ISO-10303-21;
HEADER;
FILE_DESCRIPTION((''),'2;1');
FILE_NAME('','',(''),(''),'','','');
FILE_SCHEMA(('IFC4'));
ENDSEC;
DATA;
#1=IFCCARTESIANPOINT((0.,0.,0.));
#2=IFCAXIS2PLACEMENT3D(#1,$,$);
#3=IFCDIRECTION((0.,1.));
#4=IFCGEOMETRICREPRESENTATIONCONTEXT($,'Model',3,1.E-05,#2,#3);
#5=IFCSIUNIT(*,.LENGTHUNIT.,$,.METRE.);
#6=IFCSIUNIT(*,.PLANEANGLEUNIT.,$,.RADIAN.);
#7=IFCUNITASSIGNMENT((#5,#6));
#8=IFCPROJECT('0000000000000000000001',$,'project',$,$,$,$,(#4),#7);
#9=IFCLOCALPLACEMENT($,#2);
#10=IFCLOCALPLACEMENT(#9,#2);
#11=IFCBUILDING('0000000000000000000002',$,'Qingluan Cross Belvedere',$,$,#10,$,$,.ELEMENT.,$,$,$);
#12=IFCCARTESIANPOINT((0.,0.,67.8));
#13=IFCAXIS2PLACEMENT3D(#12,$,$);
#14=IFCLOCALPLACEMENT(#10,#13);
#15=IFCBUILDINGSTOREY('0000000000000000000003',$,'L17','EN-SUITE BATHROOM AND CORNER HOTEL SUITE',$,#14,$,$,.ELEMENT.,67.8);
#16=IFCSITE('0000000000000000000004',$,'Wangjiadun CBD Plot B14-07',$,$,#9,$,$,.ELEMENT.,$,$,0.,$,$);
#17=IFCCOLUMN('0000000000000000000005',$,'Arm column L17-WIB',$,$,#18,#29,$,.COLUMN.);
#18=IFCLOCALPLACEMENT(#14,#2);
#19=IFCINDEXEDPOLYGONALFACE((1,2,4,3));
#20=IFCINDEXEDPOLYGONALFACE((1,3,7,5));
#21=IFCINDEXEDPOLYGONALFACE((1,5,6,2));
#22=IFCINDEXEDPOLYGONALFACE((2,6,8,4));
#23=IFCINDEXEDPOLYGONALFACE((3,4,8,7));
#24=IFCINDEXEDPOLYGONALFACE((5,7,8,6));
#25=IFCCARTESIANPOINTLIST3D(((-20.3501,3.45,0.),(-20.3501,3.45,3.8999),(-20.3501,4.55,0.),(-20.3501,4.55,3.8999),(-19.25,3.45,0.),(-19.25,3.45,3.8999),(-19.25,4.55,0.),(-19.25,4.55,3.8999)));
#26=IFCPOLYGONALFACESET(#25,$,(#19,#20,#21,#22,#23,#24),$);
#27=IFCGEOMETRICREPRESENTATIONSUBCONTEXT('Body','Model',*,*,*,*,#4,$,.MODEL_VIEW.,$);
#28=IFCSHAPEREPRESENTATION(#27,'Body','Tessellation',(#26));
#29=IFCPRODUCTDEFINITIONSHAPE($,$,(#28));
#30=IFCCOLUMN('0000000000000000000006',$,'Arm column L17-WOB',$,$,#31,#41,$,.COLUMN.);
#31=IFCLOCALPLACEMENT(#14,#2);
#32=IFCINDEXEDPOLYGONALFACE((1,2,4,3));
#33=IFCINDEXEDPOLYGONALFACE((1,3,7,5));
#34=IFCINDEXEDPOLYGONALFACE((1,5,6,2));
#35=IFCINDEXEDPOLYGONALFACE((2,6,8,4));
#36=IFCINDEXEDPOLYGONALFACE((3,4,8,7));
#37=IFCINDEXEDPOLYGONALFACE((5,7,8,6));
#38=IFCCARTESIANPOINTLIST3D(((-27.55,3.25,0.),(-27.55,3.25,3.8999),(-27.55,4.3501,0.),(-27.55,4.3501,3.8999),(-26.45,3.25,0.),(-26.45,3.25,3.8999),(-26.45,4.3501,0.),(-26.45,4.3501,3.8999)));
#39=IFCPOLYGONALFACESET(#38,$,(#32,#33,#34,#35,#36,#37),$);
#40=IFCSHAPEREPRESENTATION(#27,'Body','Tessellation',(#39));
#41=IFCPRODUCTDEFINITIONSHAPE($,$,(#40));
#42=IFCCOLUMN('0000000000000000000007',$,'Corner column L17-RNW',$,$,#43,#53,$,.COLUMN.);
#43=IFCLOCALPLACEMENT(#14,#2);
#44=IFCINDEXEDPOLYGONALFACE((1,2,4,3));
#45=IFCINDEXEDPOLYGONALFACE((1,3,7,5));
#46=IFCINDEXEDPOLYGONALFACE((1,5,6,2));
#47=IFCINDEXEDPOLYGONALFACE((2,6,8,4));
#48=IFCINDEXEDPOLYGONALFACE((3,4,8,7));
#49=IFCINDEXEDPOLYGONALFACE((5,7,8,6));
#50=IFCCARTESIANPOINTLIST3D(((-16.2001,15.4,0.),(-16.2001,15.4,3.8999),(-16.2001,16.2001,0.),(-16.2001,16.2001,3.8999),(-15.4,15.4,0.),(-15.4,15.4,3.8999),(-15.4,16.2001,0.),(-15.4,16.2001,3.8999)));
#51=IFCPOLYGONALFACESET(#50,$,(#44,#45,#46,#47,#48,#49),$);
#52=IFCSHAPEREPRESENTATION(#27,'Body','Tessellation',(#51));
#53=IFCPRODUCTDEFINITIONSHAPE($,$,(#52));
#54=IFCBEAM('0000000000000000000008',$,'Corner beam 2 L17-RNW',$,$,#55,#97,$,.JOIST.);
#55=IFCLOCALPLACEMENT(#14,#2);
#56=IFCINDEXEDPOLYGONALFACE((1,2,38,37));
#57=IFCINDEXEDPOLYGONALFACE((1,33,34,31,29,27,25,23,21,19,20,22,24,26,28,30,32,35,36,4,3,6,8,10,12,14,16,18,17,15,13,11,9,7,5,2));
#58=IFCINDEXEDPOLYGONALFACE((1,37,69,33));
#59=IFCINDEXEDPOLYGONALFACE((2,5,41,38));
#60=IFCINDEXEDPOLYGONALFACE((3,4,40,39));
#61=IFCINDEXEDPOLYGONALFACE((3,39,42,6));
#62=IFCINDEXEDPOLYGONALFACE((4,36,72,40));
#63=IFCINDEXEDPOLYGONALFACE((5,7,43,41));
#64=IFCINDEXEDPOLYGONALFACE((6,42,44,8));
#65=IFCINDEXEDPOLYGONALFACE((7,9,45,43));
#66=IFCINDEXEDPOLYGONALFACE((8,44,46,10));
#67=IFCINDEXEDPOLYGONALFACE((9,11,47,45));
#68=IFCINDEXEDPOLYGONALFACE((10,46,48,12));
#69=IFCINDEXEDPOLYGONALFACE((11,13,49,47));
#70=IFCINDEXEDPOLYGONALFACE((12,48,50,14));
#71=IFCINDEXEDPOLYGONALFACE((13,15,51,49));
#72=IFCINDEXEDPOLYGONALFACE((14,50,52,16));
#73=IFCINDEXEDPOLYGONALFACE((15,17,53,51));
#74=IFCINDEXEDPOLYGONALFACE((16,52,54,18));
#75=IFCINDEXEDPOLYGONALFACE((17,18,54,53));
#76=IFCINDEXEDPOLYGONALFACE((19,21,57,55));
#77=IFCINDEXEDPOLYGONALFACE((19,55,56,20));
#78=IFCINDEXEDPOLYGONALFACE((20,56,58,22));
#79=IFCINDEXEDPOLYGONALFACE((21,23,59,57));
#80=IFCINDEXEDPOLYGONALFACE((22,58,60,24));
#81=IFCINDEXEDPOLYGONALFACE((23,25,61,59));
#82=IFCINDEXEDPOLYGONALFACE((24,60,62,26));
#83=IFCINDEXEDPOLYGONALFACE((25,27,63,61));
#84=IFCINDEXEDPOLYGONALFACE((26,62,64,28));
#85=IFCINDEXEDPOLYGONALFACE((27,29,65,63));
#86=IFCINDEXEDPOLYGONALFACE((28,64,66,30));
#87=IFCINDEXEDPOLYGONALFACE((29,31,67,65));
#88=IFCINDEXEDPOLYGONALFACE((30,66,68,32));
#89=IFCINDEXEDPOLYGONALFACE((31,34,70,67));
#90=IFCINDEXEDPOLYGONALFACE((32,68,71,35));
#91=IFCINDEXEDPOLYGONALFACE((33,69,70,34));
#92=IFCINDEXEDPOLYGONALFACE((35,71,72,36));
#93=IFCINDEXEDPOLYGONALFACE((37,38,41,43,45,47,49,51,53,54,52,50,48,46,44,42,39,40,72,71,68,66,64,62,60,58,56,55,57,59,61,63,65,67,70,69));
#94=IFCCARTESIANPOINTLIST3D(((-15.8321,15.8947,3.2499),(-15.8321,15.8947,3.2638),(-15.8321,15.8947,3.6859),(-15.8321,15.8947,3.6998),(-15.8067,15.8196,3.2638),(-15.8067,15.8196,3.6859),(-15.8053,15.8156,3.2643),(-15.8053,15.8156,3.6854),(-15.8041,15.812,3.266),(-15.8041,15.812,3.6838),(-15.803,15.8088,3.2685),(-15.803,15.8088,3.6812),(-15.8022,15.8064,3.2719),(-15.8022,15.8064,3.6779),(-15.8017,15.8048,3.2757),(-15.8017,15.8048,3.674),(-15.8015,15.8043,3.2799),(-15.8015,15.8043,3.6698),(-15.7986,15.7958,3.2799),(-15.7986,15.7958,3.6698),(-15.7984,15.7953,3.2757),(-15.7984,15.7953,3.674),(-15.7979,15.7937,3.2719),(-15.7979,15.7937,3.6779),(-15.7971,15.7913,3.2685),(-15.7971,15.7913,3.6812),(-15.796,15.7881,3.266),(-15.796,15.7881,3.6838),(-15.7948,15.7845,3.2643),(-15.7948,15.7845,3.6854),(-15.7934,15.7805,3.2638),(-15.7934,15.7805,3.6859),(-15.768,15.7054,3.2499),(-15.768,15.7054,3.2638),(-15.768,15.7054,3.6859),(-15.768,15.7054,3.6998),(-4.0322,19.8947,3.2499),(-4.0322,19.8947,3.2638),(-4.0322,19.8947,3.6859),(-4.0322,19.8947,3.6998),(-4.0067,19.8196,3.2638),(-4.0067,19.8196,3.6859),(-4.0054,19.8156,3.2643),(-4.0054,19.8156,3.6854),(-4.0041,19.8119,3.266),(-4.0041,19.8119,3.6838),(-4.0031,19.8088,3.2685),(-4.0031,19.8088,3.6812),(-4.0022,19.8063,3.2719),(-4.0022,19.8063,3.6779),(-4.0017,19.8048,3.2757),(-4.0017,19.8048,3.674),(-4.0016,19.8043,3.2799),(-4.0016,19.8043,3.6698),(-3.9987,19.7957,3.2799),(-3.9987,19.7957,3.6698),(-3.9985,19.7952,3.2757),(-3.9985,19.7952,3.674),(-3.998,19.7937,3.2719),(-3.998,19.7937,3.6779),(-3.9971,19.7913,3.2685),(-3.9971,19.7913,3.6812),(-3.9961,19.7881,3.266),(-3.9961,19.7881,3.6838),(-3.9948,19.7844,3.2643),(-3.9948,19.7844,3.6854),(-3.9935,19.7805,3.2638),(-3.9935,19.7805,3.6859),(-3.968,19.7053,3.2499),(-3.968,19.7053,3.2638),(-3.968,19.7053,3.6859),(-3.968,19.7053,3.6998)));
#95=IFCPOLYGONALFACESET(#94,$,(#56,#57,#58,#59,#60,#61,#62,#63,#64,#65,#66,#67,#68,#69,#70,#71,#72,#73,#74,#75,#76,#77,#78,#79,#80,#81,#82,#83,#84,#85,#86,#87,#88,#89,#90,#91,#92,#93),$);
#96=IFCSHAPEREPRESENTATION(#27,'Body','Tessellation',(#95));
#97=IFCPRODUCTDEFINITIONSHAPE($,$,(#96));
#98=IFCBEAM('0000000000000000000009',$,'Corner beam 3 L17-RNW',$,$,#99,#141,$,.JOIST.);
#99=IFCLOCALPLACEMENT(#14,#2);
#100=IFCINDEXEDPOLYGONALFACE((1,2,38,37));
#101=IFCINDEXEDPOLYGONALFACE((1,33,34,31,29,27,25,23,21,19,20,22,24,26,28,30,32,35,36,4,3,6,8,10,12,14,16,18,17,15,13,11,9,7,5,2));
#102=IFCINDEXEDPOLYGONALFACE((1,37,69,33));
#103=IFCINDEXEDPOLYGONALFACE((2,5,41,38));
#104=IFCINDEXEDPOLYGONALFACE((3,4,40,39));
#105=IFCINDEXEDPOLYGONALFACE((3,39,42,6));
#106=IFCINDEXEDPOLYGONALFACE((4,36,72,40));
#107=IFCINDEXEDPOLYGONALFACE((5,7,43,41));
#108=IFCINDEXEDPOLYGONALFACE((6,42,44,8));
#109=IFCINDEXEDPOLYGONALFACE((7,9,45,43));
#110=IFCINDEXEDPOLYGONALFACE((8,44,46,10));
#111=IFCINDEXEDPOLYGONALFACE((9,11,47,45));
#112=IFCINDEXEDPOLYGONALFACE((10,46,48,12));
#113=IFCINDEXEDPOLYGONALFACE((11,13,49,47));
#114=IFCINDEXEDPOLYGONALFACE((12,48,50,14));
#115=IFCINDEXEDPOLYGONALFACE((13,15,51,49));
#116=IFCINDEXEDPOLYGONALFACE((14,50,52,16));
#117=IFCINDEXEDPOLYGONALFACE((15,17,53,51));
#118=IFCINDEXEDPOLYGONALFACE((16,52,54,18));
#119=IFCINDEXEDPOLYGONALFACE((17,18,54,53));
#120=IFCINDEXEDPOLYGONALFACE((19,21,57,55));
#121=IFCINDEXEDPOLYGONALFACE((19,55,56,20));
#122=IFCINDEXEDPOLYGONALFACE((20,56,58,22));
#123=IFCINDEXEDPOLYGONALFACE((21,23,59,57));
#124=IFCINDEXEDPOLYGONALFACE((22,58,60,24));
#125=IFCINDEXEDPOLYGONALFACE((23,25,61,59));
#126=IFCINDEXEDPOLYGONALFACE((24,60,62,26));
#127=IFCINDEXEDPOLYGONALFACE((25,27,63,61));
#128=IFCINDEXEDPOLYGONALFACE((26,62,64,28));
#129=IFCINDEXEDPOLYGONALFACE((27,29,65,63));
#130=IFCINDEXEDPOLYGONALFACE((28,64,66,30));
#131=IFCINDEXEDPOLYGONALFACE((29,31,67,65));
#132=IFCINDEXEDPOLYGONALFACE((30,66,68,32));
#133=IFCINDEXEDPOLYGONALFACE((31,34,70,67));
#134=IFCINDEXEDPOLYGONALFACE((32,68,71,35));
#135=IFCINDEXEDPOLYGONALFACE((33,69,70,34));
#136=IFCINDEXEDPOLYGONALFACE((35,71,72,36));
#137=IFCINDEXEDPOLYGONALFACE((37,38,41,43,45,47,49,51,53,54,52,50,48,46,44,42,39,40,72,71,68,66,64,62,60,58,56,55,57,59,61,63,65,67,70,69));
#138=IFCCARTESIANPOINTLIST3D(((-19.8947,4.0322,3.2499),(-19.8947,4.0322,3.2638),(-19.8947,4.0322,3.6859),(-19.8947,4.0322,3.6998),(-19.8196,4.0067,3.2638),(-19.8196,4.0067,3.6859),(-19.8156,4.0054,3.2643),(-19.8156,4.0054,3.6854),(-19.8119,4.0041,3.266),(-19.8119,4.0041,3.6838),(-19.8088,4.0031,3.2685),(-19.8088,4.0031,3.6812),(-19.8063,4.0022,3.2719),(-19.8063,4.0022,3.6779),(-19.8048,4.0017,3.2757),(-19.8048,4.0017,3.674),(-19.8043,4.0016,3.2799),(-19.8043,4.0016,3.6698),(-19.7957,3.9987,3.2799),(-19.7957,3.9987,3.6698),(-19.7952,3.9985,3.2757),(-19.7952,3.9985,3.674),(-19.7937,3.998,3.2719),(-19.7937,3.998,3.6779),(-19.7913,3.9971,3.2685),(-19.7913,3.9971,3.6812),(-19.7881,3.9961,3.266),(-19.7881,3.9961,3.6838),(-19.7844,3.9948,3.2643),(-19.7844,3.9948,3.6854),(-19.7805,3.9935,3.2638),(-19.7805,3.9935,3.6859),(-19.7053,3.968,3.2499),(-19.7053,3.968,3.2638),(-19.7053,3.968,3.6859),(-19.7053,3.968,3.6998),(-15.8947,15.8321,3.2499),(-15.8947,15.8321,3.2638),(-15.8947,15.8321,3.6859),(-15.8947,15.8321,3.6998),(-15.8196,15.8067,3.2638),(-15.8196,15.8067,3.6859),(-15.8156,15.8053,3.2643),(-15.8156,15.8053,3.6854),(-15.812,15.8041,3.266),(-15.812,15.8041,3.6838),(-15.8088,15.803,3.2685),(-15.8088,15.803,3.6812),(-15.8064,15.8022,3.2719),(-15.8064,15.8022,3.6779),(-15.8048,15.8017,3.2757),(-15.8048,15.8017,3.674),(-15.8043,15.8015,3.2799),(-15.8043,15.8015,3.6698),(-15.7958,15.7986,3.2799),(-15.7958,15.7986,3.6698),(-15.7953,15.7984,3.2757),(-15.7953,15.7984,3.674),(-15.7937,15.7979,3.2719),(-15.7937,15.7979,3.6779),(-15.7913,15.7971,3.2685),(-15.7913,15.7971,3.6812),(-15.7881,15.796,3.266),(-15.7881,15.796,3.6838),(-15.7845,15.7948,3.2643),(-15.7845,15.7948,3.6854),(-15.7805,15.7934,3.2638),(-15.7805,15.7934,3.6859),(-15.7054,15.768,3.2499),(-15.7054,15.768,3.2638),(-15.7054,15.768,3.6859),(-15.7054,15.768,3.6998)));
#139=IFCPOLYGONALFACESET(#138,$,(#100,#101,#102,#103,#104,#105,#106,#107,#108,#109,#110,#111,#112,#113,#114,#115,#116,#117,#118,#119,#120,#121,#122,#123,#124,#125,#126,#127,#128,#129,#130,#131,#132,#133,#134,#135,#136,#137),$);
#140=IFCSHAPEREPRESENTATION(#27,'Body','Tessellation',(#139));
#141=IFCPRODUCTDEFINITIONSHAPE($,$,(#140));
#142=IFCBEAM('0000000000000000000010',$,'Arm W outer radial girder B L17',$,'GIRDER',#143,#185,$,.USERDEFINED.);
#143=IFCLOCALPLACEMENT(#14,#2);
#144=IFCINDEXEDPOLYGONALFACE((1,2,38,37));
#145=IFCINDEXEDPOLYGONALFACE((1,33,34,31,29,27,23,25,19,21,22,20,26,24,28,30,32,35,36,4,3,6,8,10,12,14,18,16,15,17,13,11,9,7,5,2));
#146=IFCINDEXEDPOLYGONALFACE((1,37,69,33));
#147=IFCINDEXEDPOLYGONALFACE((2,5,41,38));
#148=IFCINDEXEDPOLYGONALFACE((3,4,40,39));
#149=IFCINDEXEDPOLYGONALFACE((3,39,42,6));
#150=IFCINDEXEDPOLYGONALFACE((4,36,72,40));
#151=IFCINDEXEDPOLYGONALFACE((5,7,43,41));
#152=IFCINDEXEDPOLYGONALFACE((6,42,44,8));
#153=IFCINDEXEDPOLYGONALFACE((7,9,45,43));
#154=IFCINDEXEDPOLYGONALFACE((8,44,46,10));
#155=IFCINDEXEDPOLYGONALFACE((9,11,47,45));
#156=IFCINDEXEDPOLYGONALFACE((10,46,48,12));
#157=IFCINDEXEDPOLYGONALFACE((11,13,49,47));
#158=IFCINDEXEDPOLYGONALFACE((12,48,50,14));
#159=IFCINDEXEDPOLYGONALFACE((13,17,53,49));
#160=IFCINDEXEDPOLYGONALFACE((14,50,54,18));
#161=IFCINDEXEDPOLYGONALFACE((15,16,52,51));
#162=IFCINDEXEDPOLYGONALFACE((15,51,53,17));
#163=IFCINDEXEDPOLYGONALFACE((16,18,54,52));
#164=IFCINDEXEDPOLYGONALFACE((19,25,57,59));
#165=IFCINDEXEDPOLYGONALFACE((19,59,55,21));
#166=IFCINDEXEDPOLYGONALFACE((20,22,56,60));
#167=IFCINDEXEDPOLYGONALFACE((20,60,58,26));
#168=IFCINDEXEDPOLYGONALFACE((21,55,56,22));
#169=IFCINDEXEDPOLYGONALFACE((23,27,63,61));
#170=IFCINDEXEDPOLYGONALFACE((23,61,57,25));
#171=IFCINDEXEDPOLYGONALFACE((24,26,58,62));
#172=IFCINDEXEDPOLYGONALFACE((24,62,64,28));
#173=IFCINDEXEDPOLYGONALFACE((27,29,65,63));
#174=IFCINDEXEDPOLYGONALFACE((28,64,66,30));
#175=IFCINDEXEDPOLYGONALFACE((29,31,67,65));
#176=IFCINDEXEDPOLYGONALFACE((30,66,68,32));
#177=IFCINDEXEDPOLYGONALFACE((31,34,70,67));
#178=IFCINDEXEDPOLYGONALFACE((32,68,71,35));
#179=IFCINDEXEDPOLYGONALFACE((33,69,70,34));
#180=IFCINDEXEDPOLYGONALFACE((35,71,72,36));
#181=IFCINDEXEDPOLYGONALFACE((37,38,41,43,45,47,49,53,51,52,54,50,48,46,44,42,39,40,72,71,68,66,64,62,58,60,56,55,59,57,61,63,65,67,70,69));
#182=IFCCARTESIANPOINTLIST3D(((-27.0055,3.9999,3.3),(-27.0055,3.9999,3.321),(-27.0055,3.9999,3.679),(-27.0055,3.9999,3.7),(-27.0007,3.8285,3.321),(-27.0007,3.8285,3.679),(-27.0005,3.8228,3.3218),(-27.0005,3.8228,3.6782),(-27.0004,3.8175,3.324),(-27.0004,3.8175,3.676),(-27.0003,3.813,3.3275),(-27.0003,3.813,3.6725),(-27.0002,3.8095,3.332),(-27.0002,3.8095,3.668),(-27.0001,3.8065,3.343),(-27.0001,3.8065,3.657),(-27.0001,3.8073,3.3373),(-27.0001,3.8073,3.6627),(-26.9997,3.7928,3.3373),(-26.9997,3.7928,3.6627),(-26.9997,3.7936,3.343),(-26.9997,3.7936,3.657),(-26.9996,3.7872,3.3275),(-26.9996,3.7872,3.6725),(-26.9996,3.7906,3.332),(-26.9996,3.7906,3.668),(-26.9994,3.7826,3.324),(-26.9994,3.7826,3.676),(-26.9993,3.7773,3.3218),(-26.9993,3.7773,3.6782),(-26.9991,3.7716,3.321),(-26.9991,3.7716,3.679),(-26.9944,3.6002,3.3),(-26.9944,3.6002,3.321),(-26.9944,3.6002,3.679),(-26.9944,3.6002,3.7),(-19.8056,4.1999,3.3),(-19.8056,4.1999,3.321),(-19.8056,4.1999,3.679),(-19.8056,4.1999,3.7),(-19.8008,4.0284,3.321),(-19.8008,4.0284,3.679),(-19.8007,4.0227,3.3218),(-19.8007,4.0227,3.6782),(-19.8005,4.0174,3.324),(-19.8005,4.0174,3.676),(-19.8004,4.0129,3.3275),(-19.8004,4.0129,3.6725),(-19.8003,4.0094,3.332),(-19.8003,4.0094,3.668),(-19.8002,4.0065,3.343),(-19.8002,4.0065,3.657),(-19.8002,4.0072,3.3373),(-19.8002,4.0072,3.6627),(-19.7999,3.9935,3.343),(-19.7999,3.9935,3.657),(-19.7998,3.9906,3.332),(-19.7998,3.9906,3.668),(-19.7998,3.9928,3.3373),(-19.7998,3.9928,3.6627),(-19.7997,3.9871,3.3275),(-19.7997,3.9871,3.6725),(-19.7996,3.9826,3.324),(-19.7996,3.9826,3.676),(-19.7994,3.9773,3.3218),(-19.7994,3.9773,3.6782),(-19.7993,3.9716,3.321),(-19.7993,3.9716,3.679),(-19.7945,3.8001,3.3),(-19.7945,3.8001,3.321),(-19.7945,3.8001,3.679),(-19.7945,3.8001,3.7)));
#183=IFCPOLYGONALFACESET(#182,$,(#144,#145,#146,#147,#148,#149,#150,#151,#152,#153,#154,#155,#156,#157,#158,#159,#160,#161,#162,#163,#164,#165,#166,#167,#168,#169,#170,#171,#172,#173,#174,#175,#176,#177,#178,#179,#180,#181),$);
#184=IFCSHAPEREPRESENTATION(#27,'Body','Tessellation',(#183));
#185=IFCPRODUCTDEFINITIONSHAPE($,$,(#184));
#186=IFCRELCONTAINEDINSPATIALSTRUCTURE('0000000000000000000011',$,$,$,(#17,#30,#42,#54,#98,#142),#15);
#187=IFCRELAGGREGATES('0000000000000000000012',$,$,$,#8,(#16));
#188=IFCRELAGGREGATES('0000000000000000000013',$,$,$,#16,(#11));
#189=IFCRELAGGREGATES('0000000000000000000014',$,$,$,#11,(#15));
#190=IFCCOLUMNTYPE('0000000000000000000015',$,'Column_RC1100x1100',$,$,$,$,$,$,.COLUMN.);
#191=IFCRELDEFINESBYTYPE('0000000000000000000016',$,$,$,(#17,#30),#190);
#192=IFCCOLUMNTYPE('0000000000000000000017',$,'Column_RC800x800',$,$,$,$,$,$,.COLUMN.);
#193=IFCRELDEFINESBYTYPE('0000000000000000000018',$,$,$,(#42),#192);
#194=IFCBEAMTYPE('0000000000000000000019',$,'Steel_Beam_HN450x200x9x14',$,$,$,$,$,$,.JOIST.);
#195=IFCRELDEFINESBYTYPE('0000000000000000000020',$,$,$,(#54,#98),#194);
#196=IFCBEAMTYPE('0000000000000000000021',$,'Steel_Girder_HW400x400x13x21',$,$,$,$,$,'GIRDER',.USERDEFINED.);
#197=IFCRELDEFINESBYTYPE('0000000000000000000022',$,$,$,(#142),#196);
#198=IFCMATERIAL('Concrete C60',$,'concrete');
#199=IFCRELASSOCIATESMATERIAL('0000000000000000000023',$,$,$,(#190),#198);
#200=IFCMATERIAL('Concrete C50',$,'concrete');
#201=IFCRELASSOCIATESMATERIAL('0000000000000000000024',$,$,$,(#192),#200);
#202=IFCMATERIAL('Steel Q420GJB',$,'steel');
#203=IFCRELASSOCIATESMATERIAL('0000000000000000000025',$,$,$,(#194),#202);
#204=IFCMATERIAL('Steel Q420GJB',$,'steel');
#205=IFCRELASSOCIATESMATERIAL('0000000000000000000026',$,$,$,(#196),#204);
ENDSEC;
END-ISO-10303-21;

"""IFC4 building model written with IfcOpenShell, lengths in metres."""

from ifc_helpers import new_model, si_unit, direction, frame, origin, origin_2d, place, context, subcontext, project, spatial, rectangle, i_section, extrude, material, material_profile, profile_set, type_object, element, save


model = new_model("IFC4")

# Units and contexts
model_context = context("Model", 3, precision=1e-05, world=origin(), true_north=direction((0.0, 1.0)))
body_context = subcontext(model_context, "Body", "Model", "MODEL_VIEW")
ifc_project = project(units=[si_unit("LENGTHUNIT", "METRE"), si_unit("PLANEANGLEUNIT", "RADIAN")], contexts=[model_context])

# Site, building, storey
site_placement = place(None, origin())
site = spatial("IfcSite", under=ifc_project, at=site_placement, Name="Wangjiadun CBD Plot B14-07", CompositionType="ELEMENT", RefElevation=0.0)
building_placement = place(site_placement, origin())
building = spatial("IfcBuilding", under=site, at=building_placement, Name="Qingluan Cross Belvedere", CompositionType="ELEMENT")
storey_placement = place(building_placement, frame((0.0, 0.0, 67.8)))
storey = spatial("IfcBuildingStorey", under=building, at=storey_placement, Name="L17", Description="EN-SUITE BATHROOM AND CORNER HOTEL SUITE", CompositionType="ELEMENT", Elevation=67.8)

# Columns
ifc_material_1 = material(Name="Concrete C60", Category="concrete")
ifc_material_profile_1 = material_profile(ifc_material_1, rectangle(XDim=1.1001, YDim=1.1001, at=origin_2d()), Name="RC1100x1100")
ifc_profile_set_1 = profile_set([ifc_material_profile_1], Name="Concrete C60")
column_type_1 = type_object("IfcColumnType", Name="Column_RC1100x1100", PredefinedType="COLUMN", material=ifc_profile_set_1)
for number, where, z_axis, x_axis, name in (
    (1, (-19.8, 4.0, 0.0), (0.0, 0.0, 1.0), (1.0, 0.0, 0.0), "Arm column L17-WIB"),
    (2, (-27.0, 3.8, 0.0), (0.0, 0.0, 1.0), (1.0, 0.0, 0.0), "Arm column L17-WOB"),
):
    element("IfcColumn", number, at=place(storey_placement, frame(where, z_axis=z_axis, x_axis=x_axis)), inside=storey, type_object=column_type_1, Name=name, PredefinedType="COLUMN", context=body_context, shape_type="SweptSolid", body=[
        extrude(rectangle(XDim=1.1001, YDim=1.1001, at=origin_2d()), origin(), (0.0, 0.0, 1.0), 3.8999),
    ])
ifc_material_2 = material(Name="Concrete C50", Category="concrete")
ifc_material_profile_2 = material_profile(ifc_material_2, rectangle(XDim=0.8, YDim=0.8, at=origin_2d()), Name="RC800x800")
ifc_profile_set_2 = profile_set([ifc_material_profile_2], Name="Concrete C50")
column_type_2 = type_object("IfcColumnType", Name="Column_RC800x800", PredefinedType="COLUMN", material=ifc_profile_set_2)
column_placement = place(storey_placement, frame((-15.8, 15.8, 0.0), z_axis=(0.0, 0.0, 1.0), x_axis=(1.0, 0.0, 0.0)))
element("IfcColumn", 3, at=column_placement, inside=storey, type_object=column_type_2, Name="Corner column L17-RNW", PredefinedType="COLUMN", context=body_context, shape_type="SweptSolid", body=[
    extrude(rectangle(XDim=0.8, YDim=0.8, at=origin_2d()), origin(), (0.0, 0.0, 1.0), 3.8999),
])

# Beams
ifc_material_3 = material(Name="Steel Q420GJB", Category="steel")
ifc_material_profile_3 = material_profile(ifc_material_3, i_section(OverallWidth=0.2, OverallDepth=0.45, WebThickness=0.009, FlangeThickness=0.0139, FilletRadius=0.0161, at=origin_2d()), Name="HN450x200x9x14")
ifc_profile_set_3 = profile_set([ifc_material_profile_3], Name="Steel Q420GJB")
beam_type_1 = type_object("IfcBeamType", Name="Steel_Beam_HN450x200x9x14", PredefinedType="JOIST", material=ifc_profile_set_3)
for number, where, z_axis, x_axis, name in (
    (4, (-15.8, 15.8, 3.4749), (0.947066, 0.321038, 0.0), (-0.321038, 0.947066, 0.0), "Corner beam 2 L17-RNW"),
    (5, (-15.8, 15.8, 3.4749), (-0.321038, -0.947066, 0.0), (0.947066, -0.321038, 0.0), "Corner beam 3 L17-RNW"),
):
    element("IfcBeam", number, at=place(storey_placement, frame(where, z_axis=z_axis, x_axis=x_axis)), inside=storey, type_object=beam_type_1, Name=name, PredefinedType="JOIST", context=body_context, shape_type="SweptSolid", body=[
        extrude(i_section(OverallWidth=0.2, OverallDepth=0.45, WebThickness=0.009, FlangeThickness=0.0139, FilletRadius=0.0161, at=origin_2d()), origin(), (0.0, 0.0, 1.0), 12.4595),
    ])
ifc_material_4 = material(Name="Steel Q420GJB", Category="steel")
ifc_material_profile_4 = material_profile(ifc_material_4, i_section(OverallWidth=0.3999, OverallDepth=0.3999, WebThickness=0.0129, FlangeThickness=0.021, FilletRadius=0.022, at=origin_2d()), Name="HW400x400x13x21")
ifc_profile_set_4 = profile_set([ifc_material_profile_4], Name="Steel Q420GJB")
beam_type_2 = type_object("IfcBeamType", Name="Steel_Girder_HW400x400x13x21", ElementType="GIRDER", PredefinedType="USERDEFINED", material=ifc_profile_set_4)
beam_placement = place(storey_placement, frame((-19.8, 4.0, 3.5), z_axis=(-0.999615, -0.02776, 0.0), x_axis=(0.02776, -0.999615, 0.0)))
element("IfcBeam", 6, at=beam_placement, inside=storey, type_object=beam_type_2, Name="Arm W outer radial girder B L17", ObjectType="GIRDER", PredefinedType="USERDEFINED", context=body_context, shape_type="SweptSolid", body=[
    extrude(i_section(OverallWidth=0.3999, OverallDepth=0.3999, WebThickness=0.0129, FlangeThickness=0.021, FilletRadius=0.022, at=origin_2d()), origin(), (0.0, 0.0, 1.0), 7.2026),
])

save(model, "model.ifc")
